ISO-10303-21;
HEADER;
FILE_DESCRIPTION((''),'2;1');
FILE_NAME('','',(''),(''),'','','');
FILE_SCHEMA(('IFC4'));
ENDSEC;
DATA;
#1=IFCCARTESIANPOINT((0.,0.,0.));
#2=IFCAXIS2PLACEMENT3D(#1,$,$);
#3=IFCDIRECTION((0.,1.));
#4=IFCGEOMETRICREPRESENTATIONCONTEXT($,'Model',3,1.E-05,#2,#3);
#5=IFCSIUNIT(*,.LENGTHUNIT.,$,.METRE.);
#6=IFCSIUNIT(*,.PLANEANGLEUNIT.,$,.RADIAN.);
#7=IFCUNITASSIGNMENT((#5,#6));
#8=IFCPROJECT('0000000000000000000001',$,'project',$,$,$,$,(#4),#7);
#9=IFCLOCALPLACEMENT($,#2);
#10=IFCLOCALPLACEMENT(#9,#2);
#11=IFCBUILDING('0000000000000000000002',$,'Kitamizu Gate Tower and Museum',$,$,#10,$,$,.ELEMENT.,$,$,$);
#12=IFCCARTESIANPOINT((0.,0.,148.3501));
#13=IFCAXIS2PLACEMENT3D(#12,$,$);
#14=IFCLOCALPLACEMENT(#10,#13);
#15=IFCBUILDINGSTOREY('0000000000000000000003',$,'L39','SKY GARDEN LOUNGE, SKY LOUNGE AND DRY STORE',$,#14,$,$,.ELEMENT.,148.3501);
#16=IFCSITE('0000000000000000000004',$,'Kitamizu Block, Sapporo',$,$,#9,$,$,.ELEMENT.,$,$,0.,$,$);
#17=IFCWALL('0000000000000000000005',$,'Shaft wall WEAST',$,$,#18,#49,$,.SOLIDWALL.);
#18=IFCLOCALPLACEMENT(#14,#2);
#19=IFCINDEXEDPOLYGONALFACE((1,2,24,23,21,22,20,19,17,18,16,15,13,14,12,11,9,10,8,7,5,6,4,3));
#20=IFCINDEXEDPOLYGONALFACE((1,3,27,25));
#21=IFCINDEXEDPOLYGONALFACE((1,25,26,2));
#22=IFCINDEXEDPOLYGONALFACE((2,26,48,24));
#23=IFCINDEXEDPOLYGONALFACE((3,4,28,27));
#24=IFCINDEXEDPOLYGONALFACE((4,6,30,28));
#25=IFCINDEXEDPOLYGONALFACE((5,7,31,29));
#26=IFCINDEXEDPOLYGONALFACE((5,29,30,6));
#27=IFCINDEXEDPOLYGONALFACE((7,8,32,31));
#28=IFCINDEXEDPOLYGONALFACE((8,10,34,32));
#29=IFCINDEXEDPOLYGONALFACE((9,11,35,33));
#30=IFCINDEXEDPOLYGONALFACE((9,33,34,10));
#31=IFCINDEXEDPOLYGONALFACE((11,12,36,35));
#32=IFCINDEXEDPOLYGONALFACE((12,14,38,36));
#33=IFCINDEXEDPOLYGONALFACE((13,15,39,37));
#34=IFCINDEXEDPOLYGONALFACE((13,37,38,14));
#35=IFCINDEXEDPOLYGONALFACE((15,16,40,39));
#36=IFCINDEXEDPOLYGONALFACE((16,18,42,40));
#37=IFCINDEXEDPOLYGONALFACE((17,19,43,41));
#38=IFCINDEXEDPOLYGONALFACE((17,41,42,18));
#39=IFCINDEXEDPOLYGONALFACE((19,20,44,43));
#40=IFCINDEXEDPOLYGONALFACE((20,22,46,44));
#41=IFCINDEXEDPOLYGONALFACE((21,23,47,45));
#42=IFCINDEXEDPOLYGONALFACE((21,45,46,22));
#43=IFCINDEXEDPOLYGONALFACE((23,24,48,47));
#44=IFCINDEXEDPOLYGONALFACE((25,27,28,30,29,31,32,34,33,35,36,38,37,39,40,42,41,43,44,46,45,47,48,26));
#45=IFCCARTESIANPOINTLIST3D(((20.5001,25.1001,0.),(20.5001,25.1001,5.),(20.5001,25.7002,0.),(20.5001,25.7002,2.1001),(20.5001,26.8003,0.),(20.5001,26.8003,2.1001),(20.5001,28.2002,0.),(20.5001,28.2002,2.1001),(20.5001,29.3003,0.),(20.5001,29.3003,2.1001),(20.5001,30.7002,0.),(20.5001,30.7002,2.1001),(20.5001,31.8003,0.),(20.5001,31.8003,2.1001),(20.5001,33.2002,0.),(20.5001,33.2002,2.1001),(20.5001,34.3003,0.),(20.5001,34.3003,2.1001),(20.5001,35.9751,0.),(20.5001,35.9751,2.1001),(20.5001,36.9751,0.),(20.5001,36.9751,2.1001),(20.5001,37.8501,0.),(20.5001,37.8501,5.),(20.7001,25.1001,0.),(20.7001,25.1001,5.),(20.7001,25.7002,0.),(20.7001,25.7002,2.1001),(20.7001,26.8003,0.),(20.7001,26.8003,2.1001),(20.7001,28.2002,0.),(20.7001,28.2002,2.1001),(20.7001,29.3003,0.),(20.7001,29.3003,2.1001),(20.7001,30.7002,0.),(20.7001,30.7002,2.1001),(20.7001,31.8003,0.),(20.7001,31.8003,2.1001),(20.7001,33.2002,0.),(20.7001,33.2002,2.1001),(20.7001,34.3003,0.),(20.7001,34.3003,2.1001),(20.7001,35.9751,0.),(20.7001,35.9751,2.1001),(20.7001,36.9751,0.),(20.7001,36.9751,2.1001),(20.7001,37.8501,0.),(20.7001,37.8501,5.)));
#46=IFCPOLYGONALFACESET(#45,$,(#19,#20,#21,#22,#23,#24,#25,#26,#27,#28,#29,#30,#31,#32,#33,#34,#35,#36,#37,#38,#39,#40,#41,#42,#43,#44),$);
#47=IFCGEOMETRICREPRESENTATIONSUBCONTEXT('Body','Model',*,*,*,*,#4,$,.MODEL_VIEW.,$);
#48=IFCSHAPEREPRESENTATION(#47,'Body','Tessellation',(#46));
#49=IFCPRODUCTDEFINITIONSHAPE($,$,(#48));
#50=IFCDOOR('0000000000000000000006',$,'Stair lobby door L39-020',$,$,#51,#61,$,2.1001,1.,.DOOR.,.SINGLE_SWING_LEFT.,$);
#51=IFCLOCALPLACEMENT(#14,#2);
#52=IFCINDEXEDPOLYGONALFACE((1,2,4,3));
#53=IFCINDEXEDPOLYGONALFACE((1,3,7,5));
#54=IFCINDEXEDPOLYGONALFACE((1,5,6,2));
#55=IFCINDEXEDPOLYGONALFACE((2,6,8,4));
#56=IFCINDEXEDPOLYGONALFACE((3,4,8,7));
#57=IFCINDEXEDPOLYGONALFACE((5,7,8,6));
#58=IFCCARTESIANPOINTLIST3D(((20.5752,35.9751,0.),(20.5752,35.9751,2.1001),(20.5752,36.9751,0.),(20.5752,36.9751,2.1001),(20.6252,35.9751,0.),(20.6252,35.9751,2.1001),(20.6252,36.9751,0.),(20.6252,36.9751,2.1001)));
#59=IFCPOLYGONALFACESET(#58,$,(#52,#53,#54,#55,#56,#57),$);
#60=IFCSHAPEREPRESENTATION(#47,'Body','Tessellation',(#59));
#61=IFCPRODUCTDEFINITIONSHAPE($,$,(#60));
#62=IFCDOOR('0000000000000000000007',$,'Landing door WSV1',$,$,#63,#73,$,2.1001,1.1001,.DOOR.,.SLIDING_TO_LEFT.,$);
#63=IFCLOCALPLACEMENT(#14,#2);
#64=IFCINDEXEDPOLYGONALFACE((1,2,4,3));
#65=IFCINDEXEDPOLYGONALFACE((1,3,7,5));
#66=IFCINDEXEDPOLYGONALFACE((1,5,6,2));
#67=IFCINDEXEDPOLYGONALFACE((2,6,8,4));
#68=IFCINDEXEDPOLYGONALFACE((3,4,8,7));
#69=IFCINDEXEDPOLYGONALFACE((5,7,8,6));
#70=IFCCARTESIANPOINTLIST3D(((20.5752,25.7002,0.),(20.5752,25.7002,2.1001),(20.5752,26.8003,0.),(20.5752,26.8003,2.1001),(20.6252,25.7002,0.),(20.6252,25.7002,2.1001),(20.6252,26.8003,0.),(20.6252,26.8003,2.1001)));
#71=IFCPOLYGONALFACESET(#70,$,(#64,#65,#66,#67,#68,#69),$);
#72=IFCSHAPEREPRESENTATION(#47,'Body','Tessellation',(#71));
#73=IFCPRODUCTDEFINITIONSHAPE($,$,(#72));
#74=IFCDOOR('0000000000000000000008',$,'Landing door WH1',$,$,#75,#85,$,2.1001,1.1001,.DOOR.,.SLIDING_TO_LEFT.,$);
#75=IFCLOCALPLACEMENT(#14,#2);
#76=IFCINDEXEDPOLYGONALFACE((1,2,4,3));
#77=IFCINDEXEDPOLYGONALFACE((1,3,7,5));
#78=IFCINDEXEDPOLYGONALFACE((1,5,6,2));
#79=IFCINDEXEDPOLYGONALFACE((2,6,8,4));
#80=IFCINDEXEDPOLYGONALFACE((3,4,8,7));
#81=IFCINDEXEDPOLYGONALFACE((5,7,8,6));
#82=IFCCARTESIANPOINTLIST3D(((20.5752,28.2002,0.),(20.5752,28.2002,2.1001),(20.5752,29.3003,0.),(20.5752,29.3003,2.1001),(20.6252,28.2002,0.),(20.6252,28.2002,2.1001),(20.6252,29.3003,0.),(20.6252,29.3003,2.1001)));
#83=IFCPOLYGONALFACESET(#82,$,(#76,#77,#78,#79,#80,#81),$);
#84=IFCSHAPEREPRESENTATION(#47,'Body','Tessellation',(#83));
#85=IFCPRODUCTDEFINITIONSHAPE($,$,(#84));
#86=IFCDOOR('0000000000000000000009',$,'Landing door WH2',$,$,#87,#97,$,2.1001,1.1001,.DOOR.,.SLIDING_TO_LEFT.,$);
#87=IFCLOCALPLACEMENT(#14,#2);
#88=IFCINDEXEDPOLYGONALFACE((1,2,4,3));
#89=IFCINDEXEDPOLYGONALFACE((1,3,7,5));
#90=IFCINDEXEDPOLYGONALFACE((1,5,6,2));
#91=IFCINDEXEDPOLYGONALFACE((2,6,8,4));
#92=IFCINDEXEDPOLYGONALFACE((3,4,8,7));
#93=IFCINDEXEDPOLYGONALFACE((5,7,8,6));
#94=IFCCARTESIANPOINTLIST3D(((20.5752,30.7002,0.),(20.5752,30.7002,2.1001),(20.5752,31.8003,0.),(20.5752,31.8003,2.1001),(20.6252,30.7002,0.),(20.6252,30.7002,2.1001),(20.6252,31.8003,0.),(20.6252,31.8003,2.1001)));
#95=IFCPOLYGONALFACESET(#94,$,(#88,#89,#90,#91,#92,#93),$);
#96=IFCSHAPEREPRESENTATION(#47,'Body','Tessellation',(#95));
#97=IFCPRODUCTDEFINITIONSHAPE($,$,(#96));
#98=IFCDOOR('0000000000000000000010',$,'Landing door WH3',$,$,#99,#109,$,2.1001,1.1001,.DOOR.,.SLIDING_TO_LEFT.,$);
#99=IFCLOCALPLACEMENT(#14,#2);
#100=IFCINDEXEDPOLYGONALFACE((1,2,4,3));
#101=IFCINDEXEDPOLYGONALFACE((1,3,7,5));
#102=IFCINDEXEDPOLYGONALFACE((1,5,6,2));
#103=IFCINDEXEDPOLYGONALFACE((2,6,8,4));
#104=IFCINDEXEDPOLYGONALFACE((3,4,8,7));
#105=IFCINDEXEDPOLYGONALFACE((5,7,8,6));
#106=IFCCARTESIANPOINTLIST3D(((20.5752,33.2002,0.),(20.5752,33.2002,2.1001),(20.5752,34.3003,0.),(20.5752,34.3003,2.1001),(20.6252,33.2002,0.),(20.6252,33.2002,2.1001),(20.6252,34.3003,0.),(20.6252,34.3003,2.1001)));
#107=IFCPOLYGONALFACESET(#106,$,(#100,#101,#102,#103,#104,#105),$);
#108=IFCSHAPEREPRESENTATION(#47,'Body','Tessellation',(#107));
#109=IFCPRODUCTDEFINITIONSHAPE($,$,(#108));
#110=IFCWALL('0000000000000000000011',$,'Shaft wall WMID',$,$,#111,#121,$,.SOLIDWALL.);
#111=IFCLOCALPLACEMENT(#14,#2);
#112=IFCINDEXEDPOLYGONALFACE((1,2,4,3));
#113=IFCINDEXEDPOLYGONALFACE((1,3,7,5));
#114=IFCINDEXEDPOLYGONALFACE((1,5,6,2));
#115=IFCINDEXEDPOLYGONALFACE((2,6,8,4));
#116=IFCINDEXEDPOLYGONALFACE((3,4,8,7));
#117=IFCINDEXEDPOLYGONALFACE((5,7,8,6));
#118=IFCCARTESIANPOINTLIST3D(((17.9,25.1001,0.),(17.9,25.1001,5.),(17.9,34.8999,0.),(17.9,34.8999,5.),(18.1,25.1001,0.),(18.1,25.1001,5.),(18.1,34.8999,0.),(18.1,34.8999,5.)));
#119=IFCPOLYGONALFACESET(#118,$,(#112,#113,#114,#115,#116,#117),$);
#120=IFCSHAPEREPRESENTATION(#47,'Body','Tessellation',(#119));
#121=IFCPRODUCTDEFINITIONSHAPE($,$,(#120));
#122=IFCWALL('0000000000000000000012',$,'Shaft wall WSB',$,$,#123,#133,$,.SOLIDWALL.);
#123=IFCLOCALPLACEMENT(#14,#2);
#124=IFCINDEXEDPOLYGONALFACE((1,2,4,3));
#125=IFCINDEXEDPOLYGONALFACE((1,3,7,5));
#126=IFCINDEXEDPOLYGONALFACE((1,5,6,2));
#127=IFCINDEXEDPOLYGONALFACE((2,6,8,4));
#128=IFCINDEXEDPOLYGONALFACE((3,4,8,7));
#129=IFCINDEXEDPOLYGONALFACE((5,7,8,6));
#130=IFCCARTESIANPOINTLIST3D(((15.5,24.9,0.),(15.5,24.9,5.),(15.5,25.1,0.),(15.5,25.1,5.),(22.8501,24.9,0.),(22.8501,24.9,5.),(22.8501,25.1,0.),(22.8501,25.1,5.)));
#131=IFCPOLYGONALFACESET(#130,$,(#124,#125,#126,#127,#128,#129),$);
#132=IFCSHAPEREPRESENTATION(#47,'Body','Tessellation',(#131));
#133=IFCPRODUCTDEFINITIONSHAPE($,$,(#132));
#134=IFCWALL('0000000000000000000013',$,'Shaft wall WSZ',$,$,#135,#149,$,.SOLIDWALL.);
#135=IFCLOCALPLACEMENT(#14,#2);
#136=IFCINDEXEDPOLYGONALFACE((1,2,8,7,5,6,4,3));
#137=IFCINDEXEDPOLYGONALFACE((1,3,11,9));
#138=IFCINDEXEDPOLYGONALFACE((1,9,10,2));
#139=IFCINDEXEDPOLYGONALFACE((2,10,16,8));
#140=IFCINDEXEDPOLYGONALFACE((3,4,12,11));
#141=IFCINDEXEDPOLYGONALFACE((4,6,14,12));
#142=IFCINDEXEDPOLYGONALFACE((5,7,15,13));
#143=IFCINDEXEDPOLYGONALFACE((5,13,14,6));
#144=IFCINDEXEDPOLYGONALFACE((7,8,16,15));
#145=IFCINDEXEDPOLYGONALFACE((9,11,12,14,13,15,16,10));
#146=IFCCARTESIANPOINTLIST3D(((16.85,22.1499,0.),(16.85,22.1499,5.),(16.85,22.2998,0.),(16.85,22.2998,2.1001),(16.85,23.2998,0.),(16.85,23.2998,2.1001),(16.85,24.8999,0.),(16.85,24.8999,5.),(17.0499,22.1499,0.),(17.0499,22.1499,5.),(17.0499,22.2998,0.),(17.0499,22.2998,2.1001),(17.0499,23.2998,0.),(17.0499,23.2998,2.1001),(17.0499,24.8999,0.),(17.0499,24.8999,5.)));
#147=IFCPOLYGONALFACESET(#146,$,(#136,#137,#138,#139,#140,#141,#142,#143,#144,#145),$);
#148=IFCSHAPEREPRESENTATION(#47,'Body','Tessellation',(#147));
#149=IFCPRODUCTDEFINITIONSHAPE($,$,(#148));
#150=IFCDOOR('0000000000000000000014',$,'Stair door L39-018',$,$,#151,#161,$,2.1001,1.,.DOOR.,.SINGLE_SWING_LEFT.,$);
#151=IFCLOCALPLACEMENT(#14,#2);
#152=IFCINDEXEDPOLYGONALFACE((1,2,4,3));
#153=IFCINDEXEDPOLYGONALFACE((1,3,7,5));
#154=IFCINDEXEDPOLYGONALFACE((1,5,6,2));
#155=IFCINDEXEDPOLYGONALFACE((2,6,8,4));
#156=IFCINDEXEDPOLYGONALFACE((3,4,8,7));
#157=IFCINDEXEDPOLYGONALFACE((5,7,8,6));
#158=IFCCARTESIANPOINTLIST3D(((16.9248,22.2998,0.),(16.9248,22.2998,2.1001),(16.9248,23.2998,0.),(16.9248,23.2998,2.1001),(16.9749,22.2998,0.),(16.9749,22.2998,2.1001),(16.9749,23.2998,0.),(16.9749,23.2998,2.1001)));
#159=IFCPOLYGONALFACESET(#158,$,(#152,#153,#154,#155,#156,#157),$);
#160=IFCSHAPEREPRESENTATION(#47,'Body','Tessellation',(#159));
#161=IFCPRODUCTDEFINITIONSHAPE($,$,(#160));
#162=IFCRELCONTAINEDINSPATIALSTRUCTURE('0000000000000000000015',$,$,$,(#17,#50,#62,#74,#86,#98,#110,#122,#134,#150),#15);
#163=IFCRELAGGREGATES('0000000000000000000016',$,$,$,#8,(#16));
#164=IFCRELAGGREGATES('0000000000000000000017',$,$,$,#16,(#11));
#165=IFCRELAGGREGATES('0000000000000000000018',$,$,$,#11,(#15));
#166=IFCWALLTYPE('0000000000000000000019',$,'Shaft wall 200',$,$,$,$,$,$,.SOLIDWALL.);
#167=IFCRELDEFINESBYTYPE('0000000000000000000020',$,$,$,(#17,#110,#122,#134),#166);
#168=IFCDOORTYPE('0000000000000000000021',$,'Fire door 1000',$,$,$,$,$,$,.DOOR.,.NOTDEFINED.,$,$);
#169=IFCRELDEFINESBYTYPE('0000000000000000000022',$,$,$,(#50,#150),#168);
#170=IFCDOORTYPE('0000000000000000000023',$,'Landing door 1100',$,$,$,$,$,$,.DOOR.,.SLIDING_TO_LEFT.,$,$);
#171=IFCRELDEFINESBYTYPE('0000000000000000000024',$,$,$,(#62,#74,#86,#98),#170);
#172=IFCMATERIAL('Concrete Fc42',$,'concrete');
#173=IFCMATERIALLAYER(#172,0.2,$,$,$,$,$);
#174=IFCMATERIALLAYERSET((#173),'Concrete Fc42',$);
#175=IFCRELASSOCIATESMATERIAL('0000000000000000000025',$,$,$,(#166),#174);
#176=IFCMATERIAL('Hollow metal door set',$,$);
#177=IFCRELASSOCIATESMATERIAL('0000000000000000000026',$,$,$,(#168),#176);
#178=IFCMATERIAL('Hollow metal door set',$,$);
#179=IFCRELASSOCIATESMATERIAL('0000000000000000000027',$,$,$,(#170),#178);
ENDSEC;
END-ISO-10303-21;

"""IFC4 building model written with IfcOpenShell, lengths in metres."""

from ifc_helpers import new_model, si_unit, direction, frame, frame_2d, origin, place, context, subcontext, project, spatial, rectangle, extrude, material, layer, layer_set, type_object, element, fill, save


model = new_model("IFC4")

# Units and contexts
model_context = context("Model", 3, precision=1e-05, world=origin(), true_north=direction((0.0, 1.0)))
body_context = subcontext(model_context, "Body", "Model", "MODEL_VIEW")
ifc_project = project(units=[si_unit("LENGTHUNIT", "METRE"), si_unit("PLANEANGLEUNIT", "RADIAN")], contexts=[model_context])

# Site, building, storey
site_placement = place(None, origin())
site = spatial("IfcSite", under=ifc_project, at=site_placement, Name="Kitamizu Block, Sapporo", CompositionType="ELEMENT", RefElevation=0.0)
building_placement = place(site_placement, origin())
building = spatial("IfcBuilding", under=site, at=building_placement, Name="Kitamizu Gate Tower and Museum", CompositionType="ELEMENT")
storey_placement = place(building_placement, frame((0.0, 0.0, 148.3501)))
storey = spatial("IfcBuildingStorey", under=building, at=storey_placement, Name="L39", Description="SKY GARDEN LOUNGE, SKY LOUNGE AND DRY STORE", CompositionType="ELEMENT", Elevation=148.3501)

# Wall, openings, doors
ifc_material_1 = material(Name="Concrete Fc42", Category="concrete")
ifc_layer_1 = layer(ifc_material_1, 0.2)
ifc_layer_set_1 = layer_set([ifc_layer_1], Name="Concrete Fc42")
wall_type_1 = type_object("IfcWallType", Name="Shaft wall 200", PredefinedType="SOLIDWALL", material=ifc_layer_set_1)
wall_1_placement = place(storey_placement, frame((20.6001, 25.1001, 0.0), z_axis=(0.0, 0.0, 1.0), x_axis=(0.0, 1.0, 0.0)))
wall_1 = element("IfcWall", 1, at=wall_1_placement, inside=storey, type_object=wall_type_1, Name="Shaft wall WEAST", PredefinedType="SOLIDWALL", context=body_context, shape_type="SweptSolid", body=[
    extrude(rectangle(XDim=12.75, YDim=0.2, at=frame_2d((6.375, 0.0))), origin(), (0.0, 0.0, 1.0), 5.0),
])
opening_1_placement = place(wall_1_placement, frame((0.6001, 0.0, 0.0)))
opening_1 = element("IfcOpeningElement", 2, at=opening_1_placement, cuts=wall_1, PredefinedType="OPENING", context=body_context, shape_type="SweptSolid", body=[
    extrude(rectangle(XDim=1.1001, YDim=2.1001, at=frame_2d((0.55, 1.05))), frame((0.0, 0.1099, 0.0), z_axis=(0.0, -1.0, 0.0), x_axis=(1.0, 0.0, 0.0)), (0.0, 0.0, 1.0), 0.22),
])
opening_2_placement = place(wall_1_placement, frame((3.1001, 0.0, 0.0)))
opening_2 = element("IfcOpeningElement", 3, at=opening_2_placement, cuts=wall_1, PredefinedType="OPENING", context=body_context, shape_type="SweptSolid", body=[
    extrude(rectangle(XDim=1.1001, YDim=2.1001, at=frame_2d((0.55, 1.05))), frame((0.0, 0.1099, 0.0), z_axis=(0.0, -1.0, 0.0), x_axis=(1.0, 0.0, 0.0)), (0.0, 0.0, 1.0), 0.22),
])
opening_3_placement = place(wall_1_placement, frame((5.6001, 0.0, 0.0)))
opening_3 = element("IfcOpeningElement", 4, at=opening_3_placement, cuts=wall_1, PredefinedType="OPENING", context=body_context, shape_type="SweptSolid", body=[
    extrude(rectangle(XDim=1.1001, YDim=2.1001, at=frame_2d((0.55, 1.05))), frame((0.0, 0.1099, 0.0), z_axis=(0.0, -1.0, 0.0), x_axis=(1.0, 0.0, 0.0)), (0.0, 0.0, 1.0), 0.22),
])
opening_4_placement = place(wall_1_placement, frame((8.1001, 0.0, 0.0)))
opening_4 = element("IfcOpeningElement", 5, at=opening_4_placement, cuts=wall_1, PredefinedType="OPENING", context=body_context, shape_type="SweptSolid", body=[
    extrude(rectangle(XDim=1.1001, YDim=2.1001, at=frame_2d((0.55, 1.05))), frame((0.0, 0.1099, 0.0), z_axis=(0.0, -1.0, 0.0), x_axis=(1.0, 0.0, 0.0)), (0.0, 0.0, 1.0), 0.22),
])
opening_5_placement = place(wall_1_placement, frame((10.875, 0.0, 0.0)))
opening_5 = element("IfcOpeningElement", 6, at=opening_5_placement, cuts=wall_1, PredefinedType="OPENING", context=body_context, shape_type="SweptSolid", body=[
    extrude(rectangle(XDim=1.0, YDim=2.1001, at=frame_2d((0.5, 1.05))), frame((0.0, 0.1099, 0.0), z_axis=(0.0, -1.0, 0.0), x_axis=(1.0, 0.0, 0.0)), (0.0, 0.0, 1.0), 0.22),
])
ifc_material_2 = material(Name="Hollow metal door set")
door_type_1 = type_object("IfcDoorType", Name="Fire door 1000", OperationType="NOTDEFINED", PredefinedType="DOOR", material=ifc_material_2)
door_1_placement = place(opening_5_placement, origin())
door_1 = element("IfcDoor", 7, at=door_1_placement, inside=storey, type_object=door_type_1, Name="Stair lobby door L39-020", OperationType="SINGLE_SWING_LEFT", OverallHeight=2.1001, OverallWidth=1.0, PredefinedType="DOOR", context=body_context, shape_type="SweptSolid", body=[
    extrude(rectangle(XDim=1.0, YDim=2.1001, at=frame_2d((0.5, 1.05))), frame((0.0, 0.0249, 0.0), z_axis=(0.0, -1.0, 0.0), x_axis=(1.0, 0.0, 0.0)), (0.0, 0.0, 1.0), 0.05),
])
fill(opening_5, door_1)
ifc_material_3 = material(Name="Hollow metal door set")
door_type_2 = type_object("IfcDoorType", Name="Landing door 1100", OperationType="SLIDING_TO_LEFT", PredefinedType="DOOR", material=ifc_material_3)
door_2_placement = place(opening_1_placement, origin())
door_2 = element("IfcDoor", 8, at=door_2_placement, inside=storey, type_object=door_type_2, Name="Landing door WSV1", OperationType="SLIDING_TO_LEFT", OverallHeight=2.1001, OverallWidth=1.1001, PredefinedType="DOOR", context=body_context, shape_type="SweptSolid", body=[
    extrude(rectangle(XDim=1.1001, YDim=2.1001, at=frame_2d((0.55, 1.05))), frame((0.0, 0.0249, 0.0), z_axis=(0.0, -1.0, 0.0), x_axis=(1.0, 0.0, 0.0)), (0.0, 0.0, 1.0), 0.05),
])
fill(opening_1, door_2)
door_3_placement = place(opening_2_placement, origin())
door_3 = element("IfcDoor", 9, at=door_3_placement, inside=storey, type_object=door_type_2, Name="Landing door WH1", OperationType="SLIDING_TO_LEFT", OverallHeight=2.1001, OverallWidth=1.1001, PredefinedType="DOOR", context=body_context, shape_type="SweptSolid", body=[
    extrude(rectangle(XDim=1.1001, YDim=2.1001, at=frame_2d((0.55, 1.05))), frame((0.0, 0.0249, 0.0), z_axis=(0.0, -1.0, 0.0), x_axis=(1.0, 0.0, 0.0)), (0.0, 0.0, 1.0), 0.05),
])
fill(opening_2, door_3)
door_4_placement = place(opening_3_placement, origin())
door_4 = element("IfcDoor", 10, at=door_4_placement, inside=storey, type_object=door_type_2, Name="Landing door WH2", OperationType="SLIDING_TO_LEFT", OverallHeight=2.1001, OverallWidth=1.1001, PredefinedType="DOOR", context=body_context, shape_type="SweptSolid", body=[
    extrude(rectangle(XDim=1.1001, YDim=2.1001, at=frame_2d((0.55, 1.05))), frame((0.0, 0.0249, 0.0), z_axis=(0.0, -1.0, 0.0), x_axis=(1.0, 0.0, 0.0)), (0.0, 0.0, 1.0), 0.05),
])
fill(opening_3, door_4)
door_5_placement = place(opening_4_placement, origin())
door_5 = element("IfcDoor", 11, at=door_5_placement, inside=storey, type_object=door_type_2, Name="Landing door WH3", OperationType="SLIDING_TO_LEFT", OverallHeight=2.1001, OverallWidth=1.1001, PredefinedType="DOOR", context=body_context, shape_type="SweptSolid", body=[
    extrude(rectangle(XDim=1.1001, YDim=2.1001, at=frame_2d((0.55, 1.05))), frame((0.0, 0.0249, 0.0), z_axis=(0.0, -1.0, 0.0), x_axis=(1.0, 0.0, 0.0)), (0.0, 0.0, 1.0), 0.05),
])
fill(opening_4, door_5)

# Walls
wall_2_placement = place(storey_placement, frame((18.0, 25.1001, 0.0), z_axis=(0.0, 0.0, 1.0), x_axis=(0.0, 1.0, 0.0)))
element("IfcWall", 12, at=wall_2_placement, inside=storey, type_object=wall_type_1, Name="Shaft wall WMID", PredefinedType="SOLIDWALL", context=body_context, shape_type="SweptSolid", body=[
    extrude(rectangle(XDim=9.7998, YDim=0.2, at=frame_2d((4.8999, 0.0))), origin(), (0.0, 0.0, 1.0), 5.0),
])
wall_3_placement = place(storey_placement, frame((15.5, 25.0, 0.0), z_axis=(0.0, 0.0, 1.0), x_axis=(1.0, 0.0, 0.0)))
element("IfcWall", 13, at=wall_3_placement, inside=storey, type_object=wall_type_1, Name="Shaft wall WSB", PredefinedType="SOLIDWALL", context=body_context, shape_type="SweptSolid", body=[
    extrude(rectangle(XDim=7.3501, YDim=0.2, at=frame_2d((3.675, 0.0))), origin(), (0.0, 0.0, 1.0), 5.0),
])

# Wall, opening, door
wall_4_placement = place(storey_placement, frame((16.95, 22.1499, 0.0), z_axis=(0.0, 0.0, 1.0), x_axis=(0.0, 1.0, 0.0)))
wall_4 = element("IfcWall", 14, at=wall_4_placement, inside=storey, type_object=wall_type_1, Name="Shaft wall WSZ", PredefinedType="SOLIDWALL", context=body_context, shape_type="SweptSolid", body=[
    extrude(rectangle(XDim=2.75, YDim=0.2, at=frame_2d((1.375, 0.0))), origin(), (0.0, 0.0, 1.0), 5.0),
])
opening_6_placement = place(wall_4_placement, frame((0.1499, 0.0, 0.0)))
opening_6 = element("IfcOpeningElement", 15, at=opening_6_placement, cuts=wall_4, PredefinedType="OPENING", context=body_context, shape_type="SweptSolid", body=[
    extrude(rectangle(XDim=1.0, YDim=2.1001, at=frame_2d((0.5, 1.05))), frame((0.0, 0.1099, 0.0), z_axis=(0.0, -1.0, 0.0), x_axis=(1.0, 0.0, 0.0)), (0.0, 0.0, 1.0), 0.22),
])
door_6_placement = place(opening_6_placement, frame((1.0, 0.0, 0.0), x_axis=(-1.0, 0.0, 0.0)))
door_6 = element("IfcDoor", 16, at=door_6_placement, inside=storey, type_object=door_type_1, Name="Stair door L39-018", OperationType="SINGLE_SWING_LEFT", OverallHeight=2.1001, OverallWidth=1.0, PredefinedType="DOOR", context=body_context, shape_type="SweptSolid", body=[
    extrude(rectangle(XDim=1.0, YDim=2.1001, at=frame_2d((0.5, 1.05))), frame((0.0, 0.0249, 0.0), z_axis=(0.0, -1.0, 0.0), x_axis=(1.0, 0.0, 0.0)), (0.0, 0.0, 1.0), 0.05),
])
fill(opening_6, door_6)

save(model, "model.ifc")
